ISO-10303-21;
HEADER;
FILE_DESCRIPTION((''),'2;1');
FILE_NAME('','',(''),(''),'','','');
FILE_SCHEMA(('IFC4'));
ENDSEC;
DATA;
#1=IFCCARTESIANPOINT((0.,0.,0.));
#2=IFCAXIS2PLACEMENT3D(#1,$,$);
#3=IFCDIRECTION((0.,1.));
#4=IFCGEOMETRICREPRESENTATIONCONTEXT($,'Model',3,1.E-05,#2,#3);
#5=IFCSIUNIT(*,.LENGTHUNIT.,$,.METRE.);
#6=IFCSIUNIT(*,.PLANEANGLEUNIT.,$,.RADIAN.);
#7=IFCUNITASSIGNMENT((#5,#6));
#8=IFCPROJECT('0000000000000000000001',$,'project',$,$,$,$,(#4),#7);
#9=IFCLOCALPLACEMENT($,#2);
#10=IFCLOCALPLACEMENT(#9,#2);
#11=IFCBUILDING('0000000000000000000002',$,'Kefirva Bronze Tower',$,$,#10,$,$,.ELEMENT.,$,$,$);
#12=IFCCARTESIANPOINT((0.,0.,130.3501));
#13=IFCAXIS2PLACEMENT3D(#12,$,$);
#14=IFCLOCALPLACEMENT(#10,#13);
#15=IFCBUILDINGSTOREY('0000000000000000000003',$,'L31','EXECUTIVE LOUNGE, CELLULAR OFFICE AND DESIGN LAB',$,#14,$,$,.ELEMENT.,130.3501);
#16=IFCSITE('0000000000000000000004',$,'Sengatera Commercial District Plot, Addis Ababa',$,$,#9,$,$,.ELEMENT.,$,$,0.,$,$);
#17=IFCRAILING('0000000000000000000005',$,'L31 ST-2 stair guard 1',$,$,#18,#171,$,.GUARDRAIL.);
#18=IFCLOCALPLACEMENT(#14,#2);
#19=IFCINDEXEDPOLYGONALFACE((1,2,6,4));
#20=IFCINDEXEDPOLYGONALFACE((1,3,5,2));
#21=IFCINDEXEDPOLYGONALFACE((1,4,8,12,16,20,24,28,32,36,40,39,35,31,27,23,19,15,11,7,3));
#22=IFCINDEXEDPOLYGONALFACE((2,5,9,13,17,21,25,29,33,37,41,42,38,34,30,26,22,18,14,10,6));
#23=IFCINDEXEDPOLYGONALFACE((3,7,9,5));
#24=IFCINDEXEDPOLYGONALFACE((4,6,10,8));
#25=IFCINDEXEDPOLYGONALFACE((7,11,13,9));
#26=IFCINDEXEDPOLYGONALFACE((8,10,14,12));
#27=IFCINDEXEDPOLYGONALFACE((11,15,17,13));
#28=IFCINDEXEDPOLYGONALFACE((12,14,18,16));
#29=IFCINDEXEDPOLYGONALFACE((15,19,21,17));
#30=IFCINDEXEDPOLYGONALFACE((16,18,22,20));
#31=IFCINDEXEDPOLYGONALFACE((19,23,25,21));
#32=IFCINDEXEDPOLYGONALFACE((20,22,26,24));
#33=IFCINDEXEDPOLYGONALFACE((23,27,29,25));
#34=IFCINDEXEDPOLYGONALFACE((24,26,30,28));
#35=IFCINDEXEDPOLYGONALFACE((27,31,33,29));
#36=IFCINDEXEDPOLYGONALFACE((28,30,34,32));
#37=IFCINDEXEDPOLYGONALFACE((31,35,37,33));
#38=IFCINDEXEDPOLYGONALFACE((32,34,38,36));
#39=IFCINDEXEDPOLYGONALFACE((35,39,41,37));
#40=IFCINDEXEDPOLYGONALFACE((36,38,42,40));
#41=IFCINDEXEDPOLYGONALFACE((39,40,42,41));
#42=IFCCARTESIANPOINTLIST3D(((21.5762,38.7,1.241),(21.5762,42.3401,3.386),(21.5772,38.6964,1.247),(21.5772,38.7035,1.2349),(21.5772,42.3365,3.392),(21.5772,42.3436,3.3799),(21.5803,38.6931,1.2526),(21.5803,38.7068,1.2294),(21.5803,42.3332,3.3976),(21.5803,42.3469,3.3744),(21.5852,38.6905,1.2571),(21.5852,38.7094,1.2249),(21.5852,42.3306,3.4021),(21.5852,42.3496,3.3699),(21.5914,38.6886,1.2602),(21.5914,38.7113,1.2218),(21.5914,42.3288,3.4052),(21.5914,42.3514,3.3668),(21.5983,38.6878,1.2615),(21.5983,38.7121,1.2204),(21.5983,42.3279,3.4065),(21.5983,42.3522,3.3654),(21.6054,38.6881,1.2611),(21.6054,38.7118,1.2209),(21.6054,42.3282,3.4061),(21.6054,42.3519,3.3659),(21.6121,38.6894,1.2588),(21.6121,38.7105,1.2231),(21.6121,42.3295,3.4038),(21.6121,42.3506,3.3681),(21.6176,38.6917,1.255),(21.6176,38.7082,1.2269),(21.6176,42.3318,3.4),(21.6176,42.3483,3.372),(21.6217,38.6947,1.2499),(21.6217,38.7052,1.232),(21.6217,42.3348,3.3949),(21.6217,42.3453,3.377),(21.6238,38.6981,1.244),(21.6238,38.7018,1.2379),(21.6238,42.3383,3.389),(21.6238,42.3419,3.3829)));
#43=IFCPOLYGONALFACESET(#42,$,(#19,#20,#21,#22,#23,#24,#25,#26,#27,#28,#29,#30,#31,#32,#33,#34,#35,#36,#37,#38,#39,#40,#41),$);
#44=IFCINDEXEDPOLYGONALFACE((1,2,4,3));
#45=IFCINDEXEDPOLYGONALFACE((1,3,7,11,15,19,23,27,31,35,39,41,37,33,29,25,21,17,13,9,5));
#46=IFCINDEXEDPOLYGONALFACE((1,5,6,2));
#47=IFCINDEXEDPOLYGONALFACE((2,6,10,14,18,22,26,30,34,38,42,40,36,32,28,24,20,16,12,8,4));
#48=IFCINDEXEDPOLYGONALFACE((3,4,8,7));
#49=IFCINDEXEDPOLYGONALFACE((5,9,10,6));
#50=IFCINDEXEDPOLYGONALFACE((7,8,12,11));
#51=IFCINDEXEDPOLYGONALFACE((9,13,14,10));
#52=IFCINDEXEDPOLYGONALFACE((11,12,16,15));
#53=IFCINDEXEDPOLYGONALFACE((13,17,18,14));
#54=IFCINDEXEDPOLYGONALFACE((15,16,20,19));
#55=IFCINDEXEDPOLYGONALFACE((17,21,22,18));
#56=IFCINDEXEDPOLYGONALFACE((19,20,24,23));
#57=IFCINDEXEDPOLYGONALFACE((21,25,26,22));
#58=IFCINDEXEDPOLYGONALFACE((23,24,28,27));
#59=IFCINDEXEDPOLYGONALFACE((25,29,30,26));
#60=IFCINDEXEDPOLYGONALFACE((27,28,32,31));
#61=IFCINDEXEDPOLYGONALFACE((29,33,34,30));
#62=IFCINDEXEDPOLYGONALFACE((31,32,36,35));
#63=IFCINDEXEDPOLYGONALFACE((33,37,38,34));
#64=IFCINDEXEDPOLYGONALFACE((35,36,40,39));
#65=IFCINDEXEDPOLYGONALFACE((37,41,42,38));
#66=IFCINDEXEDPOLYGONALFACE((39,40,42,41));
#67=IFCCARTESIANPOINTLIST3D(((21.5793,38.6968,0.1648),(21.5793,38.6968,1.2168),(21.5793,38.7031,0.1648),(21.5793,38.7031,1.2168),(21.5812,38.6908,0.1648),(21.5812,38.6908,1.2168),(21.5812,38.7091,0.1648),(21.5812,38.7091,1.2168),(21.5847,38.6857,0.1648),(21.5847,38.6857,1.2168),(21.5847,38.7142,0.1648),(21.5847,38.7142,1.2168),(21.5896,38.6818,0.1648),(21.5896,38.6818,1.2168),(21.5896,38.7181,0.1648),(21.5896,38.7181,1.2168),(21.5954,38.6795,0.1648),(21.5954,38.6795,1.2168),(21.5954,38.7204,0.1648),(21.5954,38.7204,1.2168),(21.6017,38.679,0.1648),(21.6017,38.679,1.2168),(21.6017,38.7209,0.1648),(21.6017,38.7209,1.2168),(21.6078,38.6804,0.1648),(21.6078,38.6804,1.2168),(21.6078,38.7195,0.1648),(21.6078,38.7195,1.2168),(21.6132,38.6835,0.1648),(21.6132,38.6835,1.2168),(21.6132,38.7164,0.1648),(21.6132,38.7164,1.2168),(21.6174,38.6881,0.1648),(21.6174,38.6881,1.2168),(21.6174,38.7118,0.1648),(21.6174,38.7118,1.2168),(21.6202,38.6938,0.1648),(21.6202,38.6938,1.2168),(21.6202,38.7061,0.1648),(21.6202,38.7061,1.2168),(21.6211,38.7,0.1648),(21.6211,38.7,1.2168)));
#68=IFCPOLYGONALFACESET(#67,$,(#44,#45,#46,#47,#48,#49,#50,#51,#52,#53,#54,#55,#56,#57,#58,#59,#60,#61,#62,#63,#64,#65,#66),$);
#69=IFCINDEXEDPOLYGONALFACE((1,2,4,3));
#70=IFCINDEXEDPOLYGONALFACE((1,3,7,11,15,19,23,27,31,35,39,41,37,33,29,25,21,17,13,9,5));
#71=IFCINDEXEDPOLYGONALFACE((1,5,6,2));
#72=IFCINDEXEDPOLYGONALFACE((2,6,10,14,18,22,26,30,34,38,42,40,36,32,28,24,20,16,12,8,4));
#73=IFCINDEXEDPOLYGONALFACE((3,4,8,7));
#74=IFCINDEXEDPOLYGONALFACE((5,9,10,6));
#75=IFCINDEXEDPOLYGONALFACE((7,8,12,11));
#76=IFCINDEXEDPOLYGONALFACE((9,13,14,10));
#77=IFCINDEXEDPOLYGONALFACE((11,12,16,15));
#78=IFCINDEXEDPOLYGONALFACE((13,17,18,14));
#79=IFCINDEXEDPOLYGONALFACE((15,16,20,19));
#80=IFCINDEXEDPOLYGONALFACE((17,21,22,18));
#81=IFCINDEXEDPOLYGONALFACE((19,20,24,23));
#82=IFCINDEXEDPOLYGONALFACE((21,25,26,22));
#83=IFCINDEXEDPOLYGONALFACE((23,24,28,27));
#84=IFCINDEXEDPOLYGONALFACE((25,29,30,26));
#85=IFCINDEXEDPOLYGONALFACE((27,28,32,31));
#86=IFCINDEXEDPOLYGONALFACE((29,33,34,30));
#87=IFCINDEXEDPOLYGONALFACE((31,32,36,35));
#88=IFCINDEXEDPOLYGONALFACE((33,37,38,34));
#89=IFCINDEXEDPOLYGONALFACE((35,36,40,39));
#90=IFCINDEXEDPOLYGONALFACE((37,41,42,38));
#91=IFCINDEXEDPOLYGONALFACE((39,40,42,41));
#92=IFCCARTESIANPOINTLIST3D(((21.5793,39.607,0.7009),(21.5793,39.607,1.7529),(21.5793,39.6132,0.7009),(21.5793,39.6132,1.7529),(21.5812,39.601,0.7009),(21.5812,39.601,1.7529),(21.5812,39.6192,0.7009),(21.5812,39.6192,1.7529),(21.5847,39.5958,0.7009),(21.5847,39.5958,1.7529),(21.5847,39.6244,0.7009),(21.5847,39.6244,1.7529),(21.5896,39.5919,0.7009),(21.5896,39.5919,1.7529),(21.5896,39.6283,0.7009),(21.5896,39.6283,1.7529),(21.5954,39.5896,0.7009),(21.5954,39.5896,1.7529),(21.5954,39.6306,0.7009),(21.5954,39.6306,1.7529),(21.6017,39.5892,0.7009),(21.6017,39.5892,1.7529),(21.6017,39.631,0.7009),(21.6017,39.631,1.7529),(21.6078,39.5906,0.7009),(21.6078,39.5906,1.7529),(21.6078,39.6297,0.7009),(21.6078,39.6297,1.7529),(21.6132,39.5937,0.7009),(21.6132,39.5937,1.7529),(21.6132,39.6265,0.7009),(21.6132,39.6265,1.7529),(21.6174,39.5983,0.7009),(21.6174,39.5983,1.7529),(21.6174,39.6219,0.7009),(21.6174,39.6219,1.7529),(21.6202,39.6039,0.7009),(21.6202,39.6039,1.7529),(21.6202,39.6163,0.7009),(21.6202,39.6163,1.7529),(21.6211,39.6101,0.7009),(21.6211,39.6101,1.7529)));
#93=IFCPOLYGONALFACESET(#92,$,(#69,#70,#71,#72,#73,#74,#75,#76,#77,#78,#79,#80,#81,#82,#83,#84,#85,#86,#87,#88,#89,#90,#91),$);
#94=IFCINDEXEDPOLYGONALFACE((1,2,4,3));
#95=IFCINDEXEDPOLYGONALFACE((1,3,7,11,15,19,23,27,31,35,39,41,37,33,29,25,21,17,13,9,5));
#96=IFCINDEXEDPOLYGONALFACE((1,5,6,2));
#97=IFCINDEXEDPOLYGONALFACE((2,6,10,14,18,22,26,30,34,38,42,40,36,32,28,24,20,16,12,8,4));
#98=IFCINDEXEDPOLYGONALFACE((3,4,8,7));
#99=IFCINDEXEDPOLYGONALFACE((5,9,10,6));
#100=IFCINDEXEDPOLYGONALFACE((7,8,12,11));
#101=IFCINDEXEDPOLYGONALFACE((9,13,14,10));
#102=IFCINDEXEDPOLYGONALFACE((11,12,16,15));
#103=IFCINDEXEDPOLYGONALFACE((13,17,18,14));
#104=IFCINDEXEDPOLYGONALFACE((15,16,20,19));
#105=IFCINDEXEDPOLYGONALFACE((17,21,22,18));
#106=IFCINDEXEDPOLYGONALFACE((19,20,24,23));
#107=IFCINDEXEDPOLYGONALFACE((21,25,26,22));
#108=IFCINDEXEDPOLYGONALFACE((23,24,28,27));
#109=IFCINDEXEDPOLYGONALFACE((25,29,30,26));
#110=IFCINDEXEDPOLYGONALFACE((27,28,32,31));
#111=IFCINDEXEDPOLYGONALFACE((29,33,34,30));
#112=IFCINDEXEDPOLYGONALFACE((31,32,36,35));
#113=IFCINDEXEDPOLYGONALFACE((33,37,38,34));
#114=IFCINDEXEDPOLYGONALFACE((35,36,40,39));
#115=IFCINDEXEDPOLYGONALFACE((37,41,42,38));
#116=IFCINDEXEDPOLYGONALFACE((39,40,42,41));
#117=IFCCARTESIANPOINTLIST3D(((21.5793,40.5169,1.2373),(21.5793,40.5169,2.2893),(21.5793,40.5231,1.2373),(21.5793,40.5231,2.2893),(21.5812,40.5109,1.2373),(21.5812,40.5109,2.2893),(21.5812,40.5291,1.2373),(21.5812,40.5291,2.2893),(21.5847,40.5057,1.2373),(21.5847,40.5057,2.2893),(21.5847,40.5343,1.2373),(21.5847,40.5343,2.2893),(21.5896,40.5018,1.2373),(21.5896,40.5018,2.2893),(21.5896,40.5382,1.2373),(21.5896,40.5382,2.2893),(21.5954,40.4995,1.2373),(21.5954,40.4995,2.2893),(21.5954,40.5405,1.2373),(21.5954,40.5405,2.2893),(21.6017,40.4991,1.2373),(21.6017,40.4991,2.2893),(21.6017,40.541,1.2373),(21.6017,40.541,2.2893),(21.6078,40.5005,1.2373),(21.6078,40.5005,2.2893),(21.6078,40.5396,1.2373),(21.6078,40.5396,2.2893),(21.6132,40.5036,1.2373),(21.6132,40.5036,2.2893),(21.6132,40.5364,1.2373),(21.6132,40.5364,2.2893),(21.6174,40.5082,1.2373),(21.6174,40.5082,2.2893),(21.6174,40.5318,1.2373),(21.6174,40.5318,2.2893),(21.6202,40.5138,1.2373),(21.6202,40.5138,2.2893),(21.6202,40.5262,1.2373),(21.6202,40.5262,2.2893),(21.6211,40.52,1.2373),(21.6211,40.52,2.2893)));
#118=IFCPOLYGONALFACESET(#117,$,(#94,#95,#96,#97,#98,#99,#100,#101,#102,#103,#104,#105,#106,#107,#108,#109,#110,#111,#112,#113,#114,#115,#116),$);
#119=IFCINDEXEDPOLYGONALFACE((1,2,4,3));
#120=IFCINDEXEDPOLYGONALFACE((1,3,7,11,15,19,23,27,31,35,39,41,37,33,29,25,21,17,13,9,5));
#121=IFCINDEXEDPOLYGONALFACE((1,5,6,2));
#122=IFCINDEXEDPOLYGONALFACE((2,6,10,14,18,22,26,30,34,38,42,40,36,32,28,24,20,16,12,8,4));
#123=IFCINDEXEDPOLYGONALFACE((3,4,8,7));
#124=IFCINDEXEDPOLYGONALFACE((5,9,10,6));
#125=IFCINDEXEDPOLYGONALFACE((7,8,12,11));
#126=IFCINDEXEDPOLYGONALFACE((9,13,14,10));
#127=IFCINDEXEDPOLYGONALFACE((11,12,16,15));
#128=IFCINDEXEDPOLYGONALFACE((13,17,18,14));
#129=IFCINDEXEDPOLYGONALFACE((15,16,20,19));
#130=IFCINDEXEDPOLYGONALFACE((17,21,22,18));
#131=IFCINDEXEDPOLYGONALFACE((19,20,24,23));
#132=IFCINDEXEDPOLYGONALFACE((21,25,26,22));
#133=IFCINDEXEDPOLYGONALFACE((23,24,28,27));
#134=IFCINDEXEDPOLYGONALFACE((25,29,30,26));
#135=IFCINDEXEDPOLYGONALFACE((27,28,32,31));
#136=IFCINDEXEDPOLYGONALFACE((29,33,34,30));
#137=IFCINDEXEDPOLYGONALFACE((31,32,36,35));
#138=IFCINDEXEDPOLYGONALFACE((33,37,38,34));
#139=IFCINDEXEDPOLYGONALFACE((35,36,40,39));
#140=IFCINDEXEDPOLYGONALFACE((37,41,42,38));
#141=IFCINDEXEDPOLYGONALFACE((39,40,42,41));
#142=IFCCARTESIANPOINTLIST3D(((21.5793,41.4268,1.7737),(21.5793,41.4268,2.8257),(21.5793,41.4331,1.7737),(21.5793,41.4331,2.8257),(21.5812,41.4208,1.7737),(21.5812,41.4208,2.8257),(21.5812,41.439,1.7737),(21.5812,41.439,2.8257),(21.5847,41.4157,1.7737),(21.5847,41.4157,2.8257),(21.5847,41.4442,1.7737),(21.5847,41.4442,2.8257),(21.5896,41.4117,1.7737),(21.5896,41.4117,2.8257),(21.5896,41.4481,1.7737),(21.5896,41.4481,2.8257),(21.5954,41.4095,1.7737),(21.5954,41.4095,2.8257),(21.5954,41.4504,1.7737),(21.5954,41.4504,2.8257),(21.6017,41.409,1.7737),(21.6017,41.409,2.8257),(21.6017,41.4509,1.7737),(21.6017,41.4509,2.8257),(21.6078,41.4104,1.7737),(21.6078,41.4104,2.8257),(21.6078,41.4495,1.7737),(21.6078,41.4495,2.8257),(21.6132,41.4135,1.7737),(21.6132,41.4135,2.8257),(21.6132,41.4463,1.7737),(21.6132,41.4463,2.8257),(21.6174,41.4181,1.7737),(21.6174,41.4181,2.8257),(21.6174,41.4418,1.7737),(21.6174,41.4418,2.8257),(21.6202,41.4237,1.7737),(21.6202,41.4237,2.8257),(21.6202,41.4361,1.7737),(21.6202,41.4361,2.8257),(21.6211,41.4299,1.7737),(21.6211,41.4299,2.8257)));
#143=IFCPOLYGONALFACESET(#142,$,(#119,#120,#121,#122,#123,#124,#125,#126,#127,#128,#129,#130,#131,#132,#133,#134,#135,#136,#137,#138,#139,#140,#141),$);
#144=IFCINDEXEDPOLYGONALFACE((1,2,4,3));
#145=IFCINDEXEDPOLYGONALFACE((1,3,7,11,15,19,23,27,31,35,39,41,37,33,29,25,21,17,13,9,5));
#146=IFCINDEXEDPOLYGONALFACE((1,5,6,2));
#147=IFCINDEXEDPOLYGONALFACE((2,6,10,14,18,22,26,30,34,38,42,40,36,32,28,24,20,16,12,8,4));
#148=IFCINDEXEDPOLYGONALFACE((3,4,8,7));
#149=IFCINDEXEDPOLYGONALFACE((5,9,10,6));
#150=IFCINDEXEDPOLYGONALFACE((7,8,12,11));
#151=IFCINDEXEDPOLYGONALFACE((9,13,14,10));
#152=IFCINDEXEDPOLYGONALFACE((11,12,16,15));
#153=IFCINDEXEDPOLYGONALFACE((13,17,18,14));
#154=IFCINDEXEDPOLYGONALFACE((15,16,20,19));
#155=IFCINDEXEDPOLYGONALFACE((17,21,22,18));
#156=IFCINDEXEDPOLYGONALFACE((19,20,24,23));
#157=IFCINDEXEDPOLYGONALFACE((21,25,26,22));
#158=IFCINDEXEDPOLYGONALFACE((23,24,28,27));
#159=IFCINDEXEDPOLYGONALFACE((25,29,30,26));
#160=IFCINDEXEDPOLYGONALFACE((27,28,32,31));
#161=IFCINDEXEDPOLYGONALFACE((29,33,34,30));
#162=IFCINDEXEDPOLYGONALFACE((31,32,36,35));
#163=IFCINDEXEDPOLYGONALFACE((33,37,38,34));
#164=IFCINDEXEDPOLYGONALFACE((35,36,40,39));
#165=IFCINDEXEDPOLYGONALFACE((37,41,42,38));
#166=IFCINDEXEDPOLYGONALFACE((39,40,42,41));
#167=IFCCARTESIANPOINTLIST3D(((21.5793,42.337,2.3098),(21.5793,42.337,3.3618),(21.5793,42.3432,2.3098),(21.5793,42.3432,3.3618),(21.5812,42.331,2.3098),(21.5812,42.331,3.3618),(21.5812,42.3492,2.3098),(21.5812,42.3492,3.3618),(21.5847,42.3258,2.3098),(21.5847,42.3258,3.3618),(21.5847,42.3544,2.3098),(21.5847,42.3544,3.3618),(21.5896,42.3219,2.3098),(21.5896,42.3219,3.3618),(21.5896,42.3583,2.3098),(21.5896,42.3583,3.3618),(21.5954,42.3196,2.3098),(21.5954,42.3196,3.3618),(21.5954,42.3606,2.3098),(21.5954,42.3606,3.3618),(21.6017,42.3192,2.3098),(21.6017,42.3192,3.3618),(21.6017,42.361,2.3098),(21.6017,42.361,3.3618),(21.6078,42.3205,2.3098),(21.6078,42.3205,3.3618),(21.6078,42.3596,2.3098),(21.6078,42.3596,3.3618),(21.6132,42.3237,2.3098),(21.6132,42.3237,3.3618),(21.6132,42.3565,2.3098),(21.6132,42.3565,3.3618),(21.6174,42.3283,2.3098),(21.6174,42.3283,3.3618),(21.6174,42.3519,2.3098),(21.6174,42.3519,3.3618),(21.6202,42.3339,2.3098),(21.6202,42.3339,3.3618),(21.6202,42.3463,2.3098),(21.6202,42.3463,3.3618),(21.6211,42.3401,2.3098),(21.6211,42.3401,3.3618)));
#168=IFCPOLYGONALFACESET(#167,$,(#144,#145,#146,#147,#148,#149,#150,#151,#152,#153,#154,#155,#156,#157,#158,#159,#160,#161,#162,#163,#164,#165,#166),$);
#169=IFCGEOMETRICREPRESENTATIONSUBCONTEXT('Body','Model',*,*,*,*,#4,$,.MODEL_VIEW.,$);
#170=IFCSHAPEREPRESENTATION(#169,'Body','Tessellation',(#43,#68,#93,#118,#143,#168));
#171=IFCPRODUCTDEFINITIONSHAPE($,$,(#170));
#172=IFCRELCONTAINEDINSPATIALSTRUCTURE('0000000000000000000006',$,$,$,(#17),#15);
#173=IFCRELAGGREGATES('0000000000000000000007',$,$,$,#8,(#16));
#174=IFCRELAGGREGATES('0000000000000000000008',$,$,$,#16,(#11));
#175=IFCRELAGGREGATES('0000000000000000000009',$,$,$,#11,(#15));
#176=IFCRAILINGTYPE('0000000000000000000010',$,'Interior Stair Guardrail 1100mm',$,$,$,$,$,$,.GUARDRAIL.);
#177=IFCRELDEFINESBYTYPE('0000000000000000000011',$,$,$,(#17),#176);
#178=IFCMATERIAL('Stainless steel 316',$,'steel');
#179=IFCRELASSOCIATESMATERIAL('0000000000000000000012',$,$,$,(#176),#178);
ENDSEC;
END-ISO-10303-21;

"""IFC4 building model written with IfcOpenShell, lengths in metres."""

from ifc_helpers import new_model, si_unit, direction, frame, origin, origin_2d, place, context, subcontext, project, spatial, circle, extrude, material, type_object, element, save


model = new_model("IFC4")

# Units and contexts
model_context = context("Model", 3, precision=1e-05, world=origin(), true_north=direction((0.0, 1.0)))
body_context = subcontext(model_context, "Body", "Model", "MODEL_VIEW")
ifc_project = project(units=[si_unit("LENGTHUNIT", "METRE"), si_unit("PLANEANGLEUNIT", "RADIAN")], contexts=[model_context])

# Site, building, storey
site_placement = place(None, origin())
site = spatial("IfcSite", under=ifc_project, at=site_placement, Name="Sengatera Commercial District Plot, Addis Ababa", CompositionType="ELEMENT", RefElevation=0.0)
building_placement = place(site_placement, origin())
building = spatial("IfcBuilding", under=site, at=building_placement, Name="Kefirva Bronze Tower", CompositionType="ELEMENT")
storey_placement = place(building_placement, frame((0.0, 0.0, 130.3501)))
storey = spatial("IfcBuildingStorey", under=building, at=storey_placement, Name="L31", Description="EXECUTIVE LOUNGE, CELLULAR OFFICE AND DESIGN LAB", CompositionType="ELEMENT", Elevation=130.3501)

# Railing
ifc_material_1 = material(Name="Stainless steel 316", Category="steel")
railing_type_1 = type_object("IfcRailingType", Name="Interior Stair Guardrail 1100mm", PredefinedType="GUARDRAIL", material=ifc_material_1)
railing_1_placement = place(storey_placement, frame((21.6001, 38.7, 0.1648)))
element("IfcRailing", 1, at=railing_1_placement, inside=storey, type_object=railing_type_1, Name="L31 ST-2 stair guard 1", PredefinedType="GUARDRAIL", context=body_context, shape_type="SweptSolid", body=[
    extrude(circle(Radius=0.0239, at=origin_2d()), frame((0.0, 0.0, 1.0762), z_axis=(0.0, 0.861545, 0.507682), x_axis=(-1.0, 0.0, 0.0)), (0.0, 0.0, 1.0), 4.2251),
    extrude(circle(Radius=0.021, at=origin_2d()), origin(), (0.0, 0.0, 1.0), 1.052),
    extrude(circle(Radius=0.021, at=origin_2d()), frame((0.0, 0.9102, 0.5361)), (0.0, 0.0, 1.0), 1.052),
    extrude(circle(Radius=0.021, at=origin_2d()), frame((0.0, 1.8201, 1.0725)), (0.0, 0.0, 1.0), 1.052),
    extrude(circle(Radius=0.021, at=origin_2d()), frame((0.0, 2.73, 1.6089)), (0.0, 0.0, 1.0), 1.052),
    extrude(circle(Radius=0.021, at=origin_2d()), frame((0.0, 3.6401, 2.145)), (0.0, 0.0, 1.0), 1.052),
])

save(model, "model.ifc")
